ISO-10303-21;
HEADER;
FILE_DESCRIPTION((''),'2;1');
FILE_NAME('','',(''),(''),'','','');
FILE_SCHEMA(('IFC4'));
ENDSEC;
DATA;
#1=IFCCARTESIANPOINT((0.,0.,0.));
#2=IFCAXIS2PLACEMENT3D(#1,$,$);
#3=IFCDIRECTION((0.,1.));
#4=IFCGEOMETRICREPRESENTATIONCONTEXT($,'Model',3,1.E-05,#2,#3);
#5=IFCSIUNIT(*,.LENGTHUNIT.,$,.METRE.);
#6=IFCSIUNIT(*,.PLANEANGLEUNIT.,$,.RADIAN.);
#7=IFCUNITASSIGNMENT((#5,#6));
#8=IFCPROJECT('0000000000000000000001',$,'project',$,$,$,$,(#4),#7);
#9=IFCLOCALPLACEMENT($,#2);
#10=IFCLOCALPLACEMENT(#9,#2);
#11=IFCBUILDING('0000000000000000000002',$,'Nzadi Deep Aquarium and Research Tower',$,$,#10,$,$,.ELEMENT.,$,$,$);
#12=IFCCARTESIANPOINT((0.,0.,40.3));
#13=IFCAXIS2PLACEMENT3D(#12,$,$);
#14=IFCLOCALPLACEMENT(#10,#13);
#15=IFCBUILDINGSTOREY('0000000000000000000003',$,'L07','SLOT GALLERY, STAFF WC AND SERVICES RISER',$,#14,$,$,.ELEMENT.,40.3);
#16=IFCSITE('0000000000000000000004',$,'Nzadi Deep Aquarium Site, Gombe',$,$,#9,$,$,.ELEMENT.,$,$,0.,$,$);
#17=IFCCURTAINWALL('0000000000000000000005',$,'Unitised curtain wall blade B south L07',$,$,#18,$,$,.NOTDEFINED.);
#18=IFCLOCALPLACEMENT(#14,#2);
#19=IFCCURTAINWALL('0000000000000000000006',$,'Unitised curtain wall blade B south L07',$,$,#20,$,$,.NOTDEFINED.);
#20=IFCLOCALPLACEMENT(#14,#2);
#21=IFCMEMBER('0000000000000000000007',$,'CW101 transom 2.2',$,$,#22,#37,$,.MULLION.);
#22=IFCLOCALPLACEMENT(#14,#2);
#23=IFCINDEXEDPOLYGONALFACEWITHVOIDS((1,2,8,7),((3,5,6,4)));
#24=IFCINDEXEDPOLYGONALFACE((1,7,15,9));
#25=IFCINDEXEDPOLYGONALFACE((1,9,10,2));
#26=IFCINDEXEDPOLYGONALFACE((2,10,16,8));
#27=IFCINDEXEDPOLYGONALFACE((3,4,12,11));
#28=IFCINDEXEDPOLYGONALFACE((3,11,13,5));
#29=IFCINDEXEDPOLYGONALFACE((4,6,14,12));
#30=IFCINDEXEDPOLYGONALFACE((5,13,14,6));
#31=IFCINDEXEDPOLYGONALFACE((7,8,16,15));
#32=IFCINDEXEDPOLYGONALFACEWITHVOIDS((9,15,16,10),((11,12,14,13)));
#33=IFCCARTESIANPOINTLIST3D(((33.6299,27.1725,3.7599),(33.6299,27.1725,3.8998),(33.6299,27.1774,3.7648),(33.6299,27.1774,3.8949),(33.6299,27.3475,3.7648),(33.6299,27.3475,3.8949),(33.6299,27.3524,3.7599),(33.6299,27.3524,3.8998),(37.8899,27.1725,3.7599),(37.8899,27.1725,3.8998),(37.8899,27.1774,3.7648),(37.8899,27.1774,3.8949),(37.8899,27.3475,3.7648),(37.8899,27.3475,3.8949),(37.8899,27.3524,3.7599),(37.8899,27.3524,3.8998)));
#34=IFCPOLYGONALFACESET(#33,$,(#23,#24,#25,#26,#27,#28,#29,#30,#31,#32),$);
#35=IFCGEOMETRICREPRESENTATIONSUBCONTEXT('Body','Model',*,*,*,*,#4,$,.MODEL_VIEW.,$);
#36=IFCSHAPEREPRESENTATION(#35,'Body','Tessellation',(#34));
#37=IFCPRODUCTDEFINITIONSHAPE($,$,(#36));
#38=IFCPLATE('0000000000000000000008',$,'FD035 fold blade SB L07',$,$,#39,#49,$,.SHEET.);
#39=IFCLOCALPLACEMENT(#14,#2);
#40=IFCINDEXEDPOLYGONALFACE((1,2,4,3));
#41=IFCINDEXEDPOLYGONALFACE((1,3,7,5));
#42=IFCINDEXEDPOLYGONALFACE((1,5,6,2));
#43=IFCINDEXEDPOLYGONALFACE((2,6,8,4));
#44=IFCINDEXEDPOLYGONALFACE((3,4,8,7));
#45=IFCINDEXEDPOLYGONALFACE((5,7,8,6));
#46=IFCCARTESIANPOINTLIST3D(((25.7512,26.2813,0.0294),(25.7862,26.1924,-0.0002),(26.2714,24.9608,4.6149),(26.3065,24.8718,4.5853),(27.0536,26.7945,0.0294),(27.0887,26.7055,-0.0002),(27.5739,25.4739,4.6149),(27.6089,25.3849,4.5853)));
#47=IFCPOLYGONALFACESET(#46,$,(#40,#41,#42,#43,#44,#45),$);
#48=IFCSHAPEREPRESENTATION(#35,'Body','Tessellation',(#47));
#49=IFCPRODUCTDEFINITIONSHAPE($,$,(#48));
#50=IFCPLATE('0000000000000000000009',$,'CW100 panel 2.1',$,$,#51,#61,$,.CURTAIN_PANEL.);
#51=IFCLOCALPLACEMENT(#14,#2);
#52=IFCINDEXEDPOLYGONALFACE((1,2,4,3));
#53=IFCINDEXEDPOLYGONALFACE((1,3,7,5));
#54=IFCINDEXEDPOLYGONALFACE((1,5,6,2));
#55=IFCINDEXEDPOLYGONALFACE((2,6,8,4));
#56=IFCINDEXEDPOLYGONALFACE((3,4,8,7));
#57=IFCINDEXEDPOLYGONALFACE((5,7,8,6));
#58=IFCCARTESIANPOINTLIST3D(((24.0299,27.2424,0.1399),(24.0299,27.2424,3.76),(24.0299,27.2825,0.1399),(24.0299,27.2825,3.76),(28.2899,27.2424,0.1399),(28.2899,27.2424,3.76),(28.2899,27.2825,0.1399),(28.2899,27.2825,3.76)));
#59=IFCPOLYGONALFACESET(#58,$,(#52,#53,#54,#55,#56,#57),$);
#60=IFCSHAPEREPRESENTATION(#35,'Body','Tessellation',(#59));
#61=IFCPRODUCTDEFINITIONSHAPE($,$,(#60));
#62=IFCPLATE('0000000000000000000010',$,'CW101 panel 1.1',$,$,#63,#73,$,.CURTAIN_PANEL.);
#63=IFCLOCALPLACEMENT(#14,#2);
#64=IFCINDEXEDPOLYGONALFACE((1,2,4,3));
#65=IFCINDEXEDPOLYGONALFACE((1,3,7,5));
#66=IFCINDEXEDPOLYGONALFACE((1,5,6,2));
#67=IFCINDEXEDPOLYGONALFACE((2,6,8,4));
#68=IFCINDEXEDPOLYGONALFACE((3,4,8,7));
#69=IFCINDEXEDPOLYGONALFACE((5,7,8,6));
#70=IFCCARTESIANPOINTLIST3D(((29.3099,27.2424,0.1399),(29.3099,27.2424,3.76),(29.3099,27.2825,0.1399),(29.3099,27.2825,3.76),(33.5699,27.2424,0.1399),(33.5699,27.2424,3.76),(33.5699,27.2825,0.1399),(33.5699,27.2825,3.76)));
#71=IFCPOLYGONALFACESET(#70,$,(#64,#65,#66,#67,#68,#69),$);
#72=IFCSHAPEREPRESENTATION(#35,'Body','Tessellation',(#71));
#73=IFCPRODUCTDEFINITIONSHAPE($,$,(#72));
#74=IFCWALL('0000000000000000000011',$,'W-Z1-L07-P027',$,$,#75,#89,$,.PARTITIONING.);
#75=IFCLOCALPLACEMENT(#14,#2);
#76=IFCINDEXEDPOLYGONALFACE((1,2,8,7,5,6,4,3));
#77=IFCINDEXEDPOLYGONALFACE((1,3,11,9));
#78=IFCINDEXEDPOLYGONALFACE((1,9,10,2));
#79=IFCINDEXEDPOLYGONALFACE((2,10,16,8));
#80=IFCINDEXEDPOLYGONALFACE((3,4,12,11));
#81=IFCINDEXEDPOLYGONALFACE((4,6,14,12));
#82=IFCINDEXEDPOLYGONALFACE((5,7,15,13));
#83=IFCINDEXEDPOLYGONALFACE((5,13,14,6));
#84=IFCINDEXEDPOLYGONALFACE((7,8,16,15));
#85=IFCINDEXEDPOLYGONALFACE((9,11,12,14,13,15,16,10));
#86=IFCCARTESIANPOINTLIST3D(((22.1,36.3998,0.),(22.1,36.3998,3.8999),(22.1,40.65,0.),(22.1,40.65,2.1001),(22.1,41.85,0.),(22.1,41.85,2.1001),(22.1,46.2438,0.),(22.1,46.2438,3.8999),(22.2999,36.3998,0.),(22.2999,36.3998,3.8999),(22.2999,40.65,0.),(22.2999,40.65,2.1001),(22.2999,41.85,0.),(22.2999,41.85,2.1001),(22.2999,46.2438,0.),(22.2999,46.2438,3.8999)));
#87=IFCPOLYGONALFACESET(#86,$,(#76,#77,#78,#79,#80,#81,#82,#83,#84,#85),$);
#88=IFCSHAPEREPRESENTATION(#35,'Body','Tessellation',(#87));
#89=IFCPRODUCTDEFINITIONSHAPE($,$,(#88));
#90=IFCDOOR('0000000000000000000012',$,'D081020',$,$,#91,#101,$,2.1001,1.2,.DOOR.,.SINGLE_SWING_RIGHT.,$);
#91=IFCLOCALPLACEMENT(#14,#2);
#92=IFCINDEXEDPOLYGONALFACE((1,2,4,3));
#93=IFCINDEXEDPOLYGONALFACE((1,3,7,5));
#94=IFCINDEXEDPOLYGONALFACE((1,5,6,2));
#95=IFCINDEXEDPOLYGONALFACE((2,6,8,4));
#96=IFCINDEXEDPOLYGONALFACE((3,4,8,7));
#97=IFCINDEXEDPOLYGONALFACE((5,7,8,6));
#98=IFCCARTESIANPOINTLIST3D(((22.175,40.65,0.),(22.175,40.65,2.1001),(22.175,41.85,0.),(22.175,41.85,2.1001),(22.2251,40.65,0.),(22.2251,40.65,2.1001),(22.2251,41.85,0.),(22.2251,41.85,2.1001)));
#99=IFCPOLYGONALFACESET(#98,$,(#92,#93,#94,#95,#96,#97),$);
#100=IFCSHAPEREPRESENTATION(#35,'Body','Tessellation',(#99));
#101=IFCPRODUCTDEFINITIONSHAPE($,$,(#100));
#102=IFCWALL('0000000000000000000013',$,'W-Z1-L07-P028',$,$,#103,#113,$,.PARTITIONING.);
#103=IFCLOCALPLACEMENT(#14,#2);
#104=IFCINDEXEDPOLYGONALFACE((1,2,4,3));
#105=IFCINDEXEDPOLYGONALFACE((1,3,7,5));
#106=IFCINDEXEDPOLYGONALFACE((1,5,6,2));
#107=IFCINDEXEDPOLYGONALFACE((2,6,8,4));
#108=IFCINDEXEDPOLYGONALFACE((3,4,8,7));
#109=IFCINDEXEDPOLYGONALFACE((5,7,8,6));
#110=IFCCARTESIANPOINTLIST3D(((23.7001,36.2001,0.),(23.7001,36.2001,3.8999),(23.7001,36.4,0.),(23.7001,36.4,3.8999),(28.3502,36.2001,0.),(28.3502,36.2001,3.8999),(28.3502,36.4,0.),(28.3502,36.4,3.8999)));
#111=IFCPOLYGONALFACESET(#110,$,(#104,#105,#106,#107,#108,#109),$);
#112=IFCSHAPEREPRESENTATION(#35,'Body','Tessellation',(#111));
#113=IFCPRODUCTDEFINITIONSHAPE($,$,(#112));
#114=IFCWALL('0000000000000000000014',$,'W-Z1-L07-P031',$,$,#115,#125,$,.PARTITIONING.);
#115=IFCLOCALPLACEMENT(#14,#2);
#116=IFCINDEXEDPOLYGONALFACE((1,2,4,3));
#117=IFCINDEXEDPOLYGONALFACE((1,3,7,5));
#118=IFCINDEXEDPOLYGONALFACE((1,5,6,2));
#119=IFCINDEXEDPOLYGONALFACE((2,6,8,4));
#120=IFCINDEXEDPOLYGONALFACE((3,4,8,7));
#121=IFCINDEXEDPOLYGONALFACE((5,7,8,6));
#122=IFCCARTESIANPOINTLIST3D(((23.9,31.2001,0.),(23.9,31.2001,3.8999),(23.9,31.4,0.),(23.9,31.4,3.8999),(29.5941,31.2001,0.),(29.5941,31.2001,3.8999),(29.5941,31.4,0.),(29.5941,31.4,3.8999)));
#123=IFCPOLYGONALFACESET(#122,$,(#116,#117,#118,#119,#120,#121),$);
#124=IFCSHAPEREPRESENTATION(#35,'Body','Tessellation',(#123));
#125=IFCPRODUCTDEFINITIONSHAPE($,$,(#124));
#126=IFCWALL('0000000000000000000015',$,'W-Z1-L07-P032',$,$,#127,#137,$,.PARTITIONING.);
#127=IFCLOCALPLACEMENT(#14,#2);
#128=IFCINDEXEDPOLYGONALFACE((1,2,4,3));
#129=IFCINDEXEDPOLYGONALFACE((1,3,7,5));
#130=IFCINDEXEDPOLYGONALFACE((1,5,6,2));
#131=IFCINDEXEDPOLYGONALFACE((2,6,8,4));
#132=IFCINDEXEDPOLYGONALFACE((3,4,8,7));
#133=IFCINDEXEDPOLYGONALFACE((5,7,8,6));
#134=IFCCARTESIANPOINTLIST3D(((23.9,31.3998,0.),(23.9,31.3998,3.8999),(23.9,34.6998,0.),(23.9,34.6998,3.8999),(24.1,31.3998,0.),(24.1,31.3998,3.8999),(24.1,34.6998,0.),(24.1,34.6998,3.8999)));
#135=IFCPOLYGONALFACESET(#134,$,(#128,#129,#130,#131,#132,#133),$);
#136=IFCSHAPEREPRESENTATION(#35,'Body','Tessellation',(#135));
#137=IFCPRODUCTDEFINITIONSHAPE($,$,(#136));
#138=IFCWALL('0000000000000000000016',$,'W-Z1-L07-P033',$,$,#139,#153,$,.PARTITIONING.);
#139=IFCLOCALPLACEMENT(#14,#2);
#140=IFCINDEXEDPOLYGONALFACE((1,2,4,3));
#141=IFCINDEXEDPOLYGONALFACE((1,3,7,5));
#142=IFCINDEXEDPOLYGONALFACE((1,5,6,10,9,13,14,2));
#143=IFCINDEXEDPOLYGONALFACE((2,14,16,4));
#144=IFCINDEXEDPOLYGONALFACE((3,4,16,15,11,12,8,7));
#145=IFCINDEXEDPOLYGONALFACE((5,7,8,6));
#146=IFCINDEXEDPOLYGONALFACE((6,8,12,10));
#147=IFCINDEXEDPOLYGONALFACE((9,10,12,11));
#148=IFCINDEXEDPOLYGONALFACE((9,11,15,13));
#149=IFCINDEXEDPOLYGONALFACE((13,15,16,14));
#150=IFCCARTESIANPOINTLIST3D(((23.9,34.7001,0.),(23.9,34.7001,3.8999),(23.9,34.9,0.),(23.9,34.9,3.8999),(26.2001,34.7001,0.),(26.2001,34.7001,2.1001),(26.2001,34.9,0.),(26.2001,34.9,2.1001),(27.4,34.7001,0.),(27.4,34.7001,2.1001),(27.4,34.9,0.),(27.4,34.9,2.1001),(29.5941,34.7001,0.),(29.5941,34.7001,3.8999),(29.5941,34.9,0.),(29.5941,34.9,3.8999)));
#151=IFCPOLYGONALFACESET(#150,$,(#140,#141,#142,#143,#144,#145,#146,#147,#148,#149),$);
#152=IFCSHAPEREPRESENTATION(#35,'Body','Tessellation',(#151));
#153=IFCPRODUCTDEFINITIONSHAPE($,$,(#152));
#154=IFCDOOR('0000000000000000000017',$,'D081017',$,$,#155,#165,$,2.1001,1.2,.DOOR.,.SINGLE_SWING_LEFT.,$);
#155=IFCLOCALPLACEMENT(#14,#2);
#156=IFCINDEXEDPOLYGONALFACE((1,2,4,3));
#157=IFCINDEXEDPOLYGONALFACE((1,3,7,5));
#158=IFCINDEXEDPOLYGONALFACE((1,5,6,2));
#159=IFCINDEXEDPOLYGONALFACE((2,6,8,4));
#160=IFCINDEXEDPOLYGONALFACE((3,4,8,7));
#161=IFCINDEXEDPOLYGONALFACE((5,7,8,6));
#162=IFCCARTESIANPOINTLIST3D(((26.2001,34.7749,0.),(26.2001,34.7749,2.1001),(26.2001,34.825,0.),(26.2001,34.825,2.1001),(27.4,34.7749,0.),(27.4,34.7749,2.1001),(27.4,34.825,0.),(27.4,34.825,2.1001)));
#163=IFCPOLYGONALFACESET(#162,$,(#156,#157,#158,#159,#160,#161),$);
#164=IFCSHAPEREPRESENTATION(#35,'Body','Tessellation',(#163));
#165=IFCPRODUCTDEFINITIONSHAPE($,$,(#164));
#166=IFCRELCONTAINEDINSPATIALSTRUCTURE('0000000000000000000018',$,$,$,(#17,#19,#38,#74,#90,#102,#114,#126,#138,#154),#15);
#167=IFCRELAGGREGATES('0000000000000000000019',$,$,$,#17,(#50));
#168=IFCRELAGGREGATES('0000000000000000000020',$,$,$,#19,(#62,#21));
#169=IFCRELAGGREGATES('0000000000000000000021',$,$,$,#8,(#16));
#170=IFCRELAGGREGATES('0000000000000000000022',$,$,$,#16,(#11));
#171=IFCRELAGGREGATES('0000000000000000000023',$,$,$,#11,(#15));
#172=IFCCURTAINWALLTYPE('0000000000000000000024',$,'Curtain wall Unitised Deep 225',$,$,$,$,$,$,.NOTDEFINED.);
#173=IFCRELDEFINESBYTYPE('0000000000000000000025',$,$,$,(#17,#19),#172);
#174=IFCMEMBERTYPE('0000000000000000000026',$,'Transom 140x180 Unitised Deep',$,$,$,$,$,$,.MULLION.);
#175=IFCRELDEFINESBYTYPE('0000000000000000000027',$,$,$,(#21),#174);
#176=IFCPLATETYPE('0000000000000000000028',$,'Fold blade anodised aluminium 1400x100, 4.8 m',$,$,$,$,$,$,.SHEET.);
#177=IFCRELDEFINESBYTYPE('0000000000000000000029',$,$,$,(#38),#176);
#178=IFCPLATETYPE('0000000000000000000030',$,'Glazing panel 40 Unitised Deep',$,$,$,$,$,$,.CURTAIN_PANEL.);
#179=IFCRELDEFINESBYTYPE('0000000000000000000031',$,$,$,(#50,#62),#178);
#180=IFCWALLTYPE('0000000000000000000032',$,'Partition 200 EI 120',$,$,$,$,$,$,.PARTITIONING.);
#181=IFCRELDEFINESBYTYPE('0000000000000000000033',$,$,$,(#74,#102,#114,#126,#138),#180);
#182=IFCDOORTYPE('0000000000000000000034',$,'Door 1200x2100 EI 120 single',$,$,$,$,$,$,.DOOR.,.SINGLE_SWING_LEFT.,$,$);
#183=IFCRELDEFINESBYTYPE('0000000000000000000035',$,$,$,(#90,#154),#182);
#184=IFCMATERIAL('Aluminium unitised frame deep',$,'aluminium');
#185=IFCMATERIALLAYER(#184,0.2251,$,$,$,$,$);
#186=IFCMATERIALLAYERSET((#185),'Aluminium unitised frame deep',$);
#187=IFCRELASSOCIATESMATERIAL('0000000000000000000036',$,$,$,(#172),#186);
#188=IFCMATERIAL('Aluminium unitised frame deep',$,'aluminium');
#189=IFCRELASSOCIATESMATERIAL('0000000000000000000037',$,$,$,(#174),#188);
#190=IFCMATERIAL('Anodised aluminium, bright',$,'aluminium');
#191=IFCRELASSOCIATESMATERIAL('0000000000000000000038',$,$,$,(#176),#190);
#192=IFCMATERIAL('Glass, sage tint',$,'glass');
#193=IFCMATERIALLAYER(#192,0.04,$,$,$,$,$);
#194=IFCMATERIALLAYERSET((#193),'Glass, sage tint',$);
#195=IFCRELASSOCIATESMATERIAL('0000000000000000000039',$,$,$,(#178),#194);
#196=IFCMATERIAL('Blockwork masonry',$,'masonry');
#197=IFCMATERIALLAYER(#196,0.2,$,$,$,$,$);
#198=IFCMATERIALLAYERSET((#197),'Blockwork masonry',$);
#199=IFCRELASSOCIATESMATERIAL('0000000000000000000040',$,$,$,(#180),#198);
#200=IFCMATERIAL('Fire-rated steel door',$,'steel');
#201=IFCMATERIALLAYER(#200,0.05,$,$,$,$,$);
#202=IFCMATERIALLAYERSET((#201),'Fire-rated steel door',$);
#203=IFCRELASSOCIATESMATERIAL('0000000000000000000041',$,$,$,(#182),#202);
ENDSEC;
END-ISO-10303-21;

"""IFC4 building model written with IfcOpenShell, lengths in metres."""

from ifc_helpers import new_model, si_unit, direction, frame, frame_2d, origin, origin_2d, place, context, subcontext, project, spatial, rectangle, hollow_rectangle, extrude, material, layer, layer_set, material_profile, profile_set, type_object, element, fill, aggregate, save


model = new_model("IFC4")

# Units and contexts
model_context = context("Model", 3, precision=1e-05, world=origin(), true_north=direction((0.0, 1.0)))
body_context = subcontext(model_context, "Body", "Model", "MODEL_VIEW")
ifc_project = project(units=[si_unit("LENGTHUNIT", "METRE"), si_unit("PLANEANGLEUNIT", "RADIAN")], contexts=[model_context])

# Site, building, storey
site_placement = place(None, origin())
site = spatial("IfcSite", under=ifc_project, at=site_placement, Name="Nzadi Deep Aquarium Site, Gombe", CompositionType="ELEMENT", RefElevation=0.0)
building_placement = place(site_placement, origin())
building = spatial("IfcBuilding", under=site, at=building_placement, Name="Nzadi Deep Aquarium and Research Tower", CompositionType="ELEMENT")
storey_placement = place(building_placement, frame((0.0, 0.0, 40.3)))
storey = spatial("IfcBuildingStorey", under=building, at=storey_placement, Name="L07", Description="SLOT GALLERY, STAFF WC AND SERVICES RISER", CompositionType="ELEMENT", Elevation=40.3)

# Curtain walls
ifc_material_1 = material(Name="Aluminium unitised frame deep", Category="aluminium")
ifc_layer_1 = layer(ifc_material_1, 0.2251)
ifc_layer_set_1 = layer_set([ifc_layer_1], Name="Aluminium unitised frame deep")
curtain_wall_type = type_object("IfcCurtainWallType", Name="Curtain wall Unitised Deep 225", PredefinedType="NOTDEFINED", material=ifc_layer_set_1)
curtain_wall_1_placement = place(storey_placement, origin())
curtain_wall_1 = element("IfcCurtainWall", 1, at=curtain_wall_1_placement, inside=storey, type_object=curtain_wall_type, Name="Unitised curtain wall blade B south L07", PredefinedType="NOTDEFINED")
curtain_wall_2_placement = place(storey_placement, origin())
curtain_wall_2 = element("IfcCurtainWall", 2, at=curtain_wall_2_placement, inside=storey, type_object=curtain_wall_type, Name="Unitised curtain wall blade B south L07", PredefinedType="NOTDEFINED")

# Member
ifc_material_2 = material(Name="Aluminium unitised frame deep", Category="aluminium")
ifc_material_profile_1 = material_profile(ifc_material_2, hollow_rectangle(XDim=0.1799, YDim=0.1399, WallThickness=0.0049, at=origin_2d()))
ifc_profile_set_1 = profile_set([ifc_material_profile_1], Name="Aluminium unitised frame deep")
member_type_1 = type_object("IfcMemberType", Name="Transom 140x180 Unitised Deep", PredefinedType="MULLION", material=ifc_profile_set_1)
member_1_placement = place(storey_placement, frame((33.6299, 27.2625, 3.8298), z_axis=(1.0, 0.0, 0.0), x_axis=(0.0, 1.0, 0.0)))
member_1 = element("IfcMember", 3, at=member_1_placement, type_object=member_type_1, Name="CW101 transom 2.2", PredefinedType="MULLION", context=body_context, shape_type="SweptSolid", body=[
    extrude(hollow_rectangle(XDim=0.1799, YDim=0.1399, WallThickness=0.0049, at=origin_2d()), origin(), (0.0, 0.0, 1.0), 4.26),
])

# Plates
ifc_material_3 = material(Name="Anodised aluminium, bright", Category="aluminium")
ifc_material_profile_2 = material_profile(ifc_material_3, rectangle(XDim=1.3999, YDim=0.1001, at=origin_2d()))
ifc_profile_set_2 = profile_set([ifc_material_profile_2], Name="Anodised aluminium, bright")
plate_type_1 = type_object("IfcPlateType", Name="Fold blade anodised aluminium 1400x100, 4.8 m", PredefinedType="SHEET", material=ifc_profile_set_2)
plate_1_placement = place(storey_placement, frame((26.4199, 26.4934, 0.0146), z_axis=(0.108386, -0.275111, 0.955283), x_axis=(0.930398, 0.366552, 0.0)))
element("IfcPlate", 4, at=plate_1_placement, inside=storey, type_object=plate_type_1, Name="FD035 fold blade SB L07", PredefinedType="SHEET", context=body_context, shape_type="SweptSolid", body=[
    extrude(rectangle(XDim=1.3999, YDim=0.1001, at=origin_2d()), origin(), (0.0, 0.0, 1.0), 4.8),
])
ifc_material_4 = material(Name="Glass, sage tint", Category="glass")
ifc_layer_2 = layer(ifc_material_4, 0.04)
ifc_layer_set_2 = layer_set([ifc_layer_2], Name="Glass, sage tint")
plate_type_2 = type_object("IfcPlateType", Name="Glazing panel 40 Unitised Deep", PredefinedType="CURTAIN_PANEL", material=ifc_layer_set_2)
plate_2_placement = place(storey_placement, frame((26.1599, 27.2625, 0.1399), z_axis=(0.0, 0.0, 1.0), x_axis=(1.0, 0.0, 0.0)))
plate_2 = element("IfcPlate", 5, at=plate_2_placement, type_object=plate_type_2, Name="CW100 panel 2.1", PredefinedType="CURTAIN_PANEL", context=body_context, shape_type="SweptSolid", body=[
    extrude(rectangle(XDim=4.26, YDim=0.04, at=origin_2d()), origin(), (0.0, 0.0, 1.0), 3.6201),
])
aggregate(curtain_wall_1, [plate_2])
plate_3_placement = place(storey_placement, frame((31.4399, 27.2625, 0.1399), z_axis=(0.0, 0.0, 1.0), x_axis=(1.0, 0.0, 0.0)))
plate_3 = element("IfcPlate", 6, at=plate_3_placement, type_object=plate_type_2, Name="CW101 panel 1.1", PredefinedType="CURTAIN_PANEL", context=body_context, shape_type="SweptSolid", body=[
    extrude(rectangle(XDim=4.26, YDim=0.04, at=origin_2d()), origin(), (0.0, 0.0, 1.0), 3.6201),
])
aggregate(curtain_wall_2, [plate_3, member_1])

# Wall, opening, door
ifc_material_5 = material(Name="Blockwork masonry", Category="masonry")
ifc_layer_3 = layer(ifc_material_5, 0.2)
ifc_layer_set_3 = layer_set([ifc_layer_3], Name="Blockwork masonry")
wall_type_1 = type_object("IfcWallType", Name="Partition 200 EI 120", PredefinedType="PARTITIONING", material=ifc_layer_set_3)
wall_1_placement = place(storey_placement, frame((22.2, 36.3999, 0.0), z_axis=(0.0, 0.0, 1.0), x_axis=(0.0, 1.0, 0.0)))
wall_1 = element("IfcWall", 7, at=wall_1_placement, inside=storey, type_object=wall_type_1, Name="W-Z1-L07-P027", PredefinedType="PARTITIONING", context=body_context, shape_type="SweptSolid", body=[
    extrude(rectangle(XDim=9.844, YDim=0.2, at=frame_2d((4.9219, 0.0))), origin(), (0.0, 0.0, 1.0), 3.8999),
])
opening_1_placement = place(wall_1_placement, frame((4.25, 0.0, 0.0)))
opening_1 = element("IfcOpeningElement", 8, at=opening_1_placement, cuts=wall_1, PredefinedType="OPENING", context=body_context, shape_type="SweptSolid", body=[
    extrude(rectangle(XDim=1.2, YDim=2.1001, at=frame_2d((0.6001, 1.05))), frame((0.0, 0.1101, 0.0), z_axis=(0.0, -1.0, 0.0), x_axis=(1.0, 0.0, 0.0)), (0.0, 0.0, 1.0), 0.2202),
])
ifc_material_6 = material(Name="Fire-rated steel door", Category="steel")
ifc_layer_4 = layer(ifc_material_6, 0.05)
ifc_layer_set_4 = layer_set([ifc_layer_4], Name="Fire-rated steel door")
door_type_1 = type_object("IfcDoorType", Name="Door 1200x2100 EI 120 single", OperationType="SINGLE_SWING_LEFT", PredefinedType="DOOR", material=ifc_layer_set_4)
door_1_placement = place(opening_1_placement, origin())
door_1 = element("IfcDoor", 9, at=door_1_placement, inside=storey, type_object=door_type_1, Name="D081020", OperationType="SINGLE_SWING_RIGHT", OverallHeight=2.1001, OverallWidth=1.2, PredefinedType="DOOR", context=body_context, shape_type="SweptSolid", body=[
    extrude(rectangle(XDim=1.2, YDim=2.1001, at=frame_2d((0.6001, 1.05))), frame((0.0, 0.0249, 0.0), z_axis=(0.0, -1.0, 0.0), x_axis=(1.0, 0.0, 0.0)), (0.0, 0.0, 1.0), 0.05),
])
fill(opening_1, door_1)

# Walls
wall_2_placement = place(storey_placement, frame((23.7, 36.3, 0.0), z_axis=(0.0, 0.0, 1.0), x_axis=(1.0, 0.0, 0.0)))
element("IfcWall", 10, at=wall_2_placement, inside=storey, type_object=wall_type_1, Name="W-Z1-L07-P028", PredefinedType="PARTITIONING", context=body_context, shape_type="SweptSolid", body=[
    extrude(rectangle(XDim=4.6501, YDim=0.2, at=frame_2d((2.3252, 0.0))), origin(), (0.0, 0.0, 1.0), 3.8999),
])
wall_3_placement = place(storey_placement, frame((23.8999, 31.3, 0.0), z_axis=(0.0, 0.0, 1.0), x_axis=(1.0, 0.0, 0.0)))
element("IfcWall", 11, at=wall_3_placement, inside=storey, type_object=wall_type_1, Name="W-Z1-L07-P031", PredefinedType="PARTITIONING", context=body_context, shape_type="SweptSolid", body=[
    extrude(rectangle(XDim=5.6941, YDim=0.2, at=frame_2d((2.8472, 0.0))), origin(), (0.0, 0.0, 1.0), 3.8999),
])
wall_4_placement = place(storey_placement, frame((24.0, 31.3999, 0.0), z_axis=(0.0, 0.0, 1.0), x_axis=(0.0, 1.0, 0.0)))
element("IfcWall", 12, at=wall_4_placement, inside=storey, type_object=wall_type_1, Name="W-Z1-L07-P032", PredefinedType="PARTITIONING", context=body_context, shape_type="SweptSolid", body=[
    extrude(rectangle(XDim=3.3, YDim=0.2, at=frame_2d((1.6499, 0.0))), origin(), (0.0, 0.0, 1.0), 3.8999),
])

# Wall, opening, door
wall_5_placement = place(storey_placement, frame((23.8999, 34.8, 0.0), z_axis=(0.0, 0.0, 1.0), x_axis=(1.0, 0.0, 0.0)))
wall_5 = element("IfcWall", 13, at=wall_5_placement, inside=storey, type_object=wall_type_1, Name="W-Z1-L07-P033", PredefinedType="PARTITIONING", context=body_context, shape_type="SweptSolid", body=[
    extrude(rectangle(XDim=5.6941, YDim=0.2, at=frame_2d((2.8472, 0.0))), origin(), (0.0, 0.0, 1.0), 3.8999),
])
opening_2_placement = place(wall_5_placement, frame((2.3, 0.0, 0.0)))
opening_2 = element("IfcOpeningElement", 14, at=opening_2_placement, cuts=wall_5, PredefinedType="OPENING", context=body_context, shape_type="SweptSolid", body=[
    extrude(rectangle(XDim=1.2, YDim=2.1001, at=frame_2d((0.6001, 1.05))), frame((0.0, 0.1101, 0.0), z_axis=(0.0, -1.0, 0.0), x_axis=(1.0, 0.0, 0.0)), (0.0, 0.0, 1.0), 0.2202),
])
door_2_placement = place(opening_2_placement, origin())
door_2 = element("IfcDoor", 15, at=door_2_placement, inside=storey, type_object=door_type_1, Name="D081017", OperationType="SINGLE_SWING_LEFT", OverallHeight=2.1001, OverallWidth=1.2, PredefinedType="DOOR", context=body_context, shape_type="SweptSolid", body=[
    extrude(rectangle(XDim=1.2, YDim=2.1001, at=frame_2d((0.6001, 1.05))), frame((0.0, 0.0249, 0.0), z_axis=(0.0, -1.0, 0.0), x_axis=(1.0, 0.0, 0.0)), (0.0, 0.0, 1.0), 0.05),
])
fill(opening_2, door_2)

save(model, "model.ifc")
